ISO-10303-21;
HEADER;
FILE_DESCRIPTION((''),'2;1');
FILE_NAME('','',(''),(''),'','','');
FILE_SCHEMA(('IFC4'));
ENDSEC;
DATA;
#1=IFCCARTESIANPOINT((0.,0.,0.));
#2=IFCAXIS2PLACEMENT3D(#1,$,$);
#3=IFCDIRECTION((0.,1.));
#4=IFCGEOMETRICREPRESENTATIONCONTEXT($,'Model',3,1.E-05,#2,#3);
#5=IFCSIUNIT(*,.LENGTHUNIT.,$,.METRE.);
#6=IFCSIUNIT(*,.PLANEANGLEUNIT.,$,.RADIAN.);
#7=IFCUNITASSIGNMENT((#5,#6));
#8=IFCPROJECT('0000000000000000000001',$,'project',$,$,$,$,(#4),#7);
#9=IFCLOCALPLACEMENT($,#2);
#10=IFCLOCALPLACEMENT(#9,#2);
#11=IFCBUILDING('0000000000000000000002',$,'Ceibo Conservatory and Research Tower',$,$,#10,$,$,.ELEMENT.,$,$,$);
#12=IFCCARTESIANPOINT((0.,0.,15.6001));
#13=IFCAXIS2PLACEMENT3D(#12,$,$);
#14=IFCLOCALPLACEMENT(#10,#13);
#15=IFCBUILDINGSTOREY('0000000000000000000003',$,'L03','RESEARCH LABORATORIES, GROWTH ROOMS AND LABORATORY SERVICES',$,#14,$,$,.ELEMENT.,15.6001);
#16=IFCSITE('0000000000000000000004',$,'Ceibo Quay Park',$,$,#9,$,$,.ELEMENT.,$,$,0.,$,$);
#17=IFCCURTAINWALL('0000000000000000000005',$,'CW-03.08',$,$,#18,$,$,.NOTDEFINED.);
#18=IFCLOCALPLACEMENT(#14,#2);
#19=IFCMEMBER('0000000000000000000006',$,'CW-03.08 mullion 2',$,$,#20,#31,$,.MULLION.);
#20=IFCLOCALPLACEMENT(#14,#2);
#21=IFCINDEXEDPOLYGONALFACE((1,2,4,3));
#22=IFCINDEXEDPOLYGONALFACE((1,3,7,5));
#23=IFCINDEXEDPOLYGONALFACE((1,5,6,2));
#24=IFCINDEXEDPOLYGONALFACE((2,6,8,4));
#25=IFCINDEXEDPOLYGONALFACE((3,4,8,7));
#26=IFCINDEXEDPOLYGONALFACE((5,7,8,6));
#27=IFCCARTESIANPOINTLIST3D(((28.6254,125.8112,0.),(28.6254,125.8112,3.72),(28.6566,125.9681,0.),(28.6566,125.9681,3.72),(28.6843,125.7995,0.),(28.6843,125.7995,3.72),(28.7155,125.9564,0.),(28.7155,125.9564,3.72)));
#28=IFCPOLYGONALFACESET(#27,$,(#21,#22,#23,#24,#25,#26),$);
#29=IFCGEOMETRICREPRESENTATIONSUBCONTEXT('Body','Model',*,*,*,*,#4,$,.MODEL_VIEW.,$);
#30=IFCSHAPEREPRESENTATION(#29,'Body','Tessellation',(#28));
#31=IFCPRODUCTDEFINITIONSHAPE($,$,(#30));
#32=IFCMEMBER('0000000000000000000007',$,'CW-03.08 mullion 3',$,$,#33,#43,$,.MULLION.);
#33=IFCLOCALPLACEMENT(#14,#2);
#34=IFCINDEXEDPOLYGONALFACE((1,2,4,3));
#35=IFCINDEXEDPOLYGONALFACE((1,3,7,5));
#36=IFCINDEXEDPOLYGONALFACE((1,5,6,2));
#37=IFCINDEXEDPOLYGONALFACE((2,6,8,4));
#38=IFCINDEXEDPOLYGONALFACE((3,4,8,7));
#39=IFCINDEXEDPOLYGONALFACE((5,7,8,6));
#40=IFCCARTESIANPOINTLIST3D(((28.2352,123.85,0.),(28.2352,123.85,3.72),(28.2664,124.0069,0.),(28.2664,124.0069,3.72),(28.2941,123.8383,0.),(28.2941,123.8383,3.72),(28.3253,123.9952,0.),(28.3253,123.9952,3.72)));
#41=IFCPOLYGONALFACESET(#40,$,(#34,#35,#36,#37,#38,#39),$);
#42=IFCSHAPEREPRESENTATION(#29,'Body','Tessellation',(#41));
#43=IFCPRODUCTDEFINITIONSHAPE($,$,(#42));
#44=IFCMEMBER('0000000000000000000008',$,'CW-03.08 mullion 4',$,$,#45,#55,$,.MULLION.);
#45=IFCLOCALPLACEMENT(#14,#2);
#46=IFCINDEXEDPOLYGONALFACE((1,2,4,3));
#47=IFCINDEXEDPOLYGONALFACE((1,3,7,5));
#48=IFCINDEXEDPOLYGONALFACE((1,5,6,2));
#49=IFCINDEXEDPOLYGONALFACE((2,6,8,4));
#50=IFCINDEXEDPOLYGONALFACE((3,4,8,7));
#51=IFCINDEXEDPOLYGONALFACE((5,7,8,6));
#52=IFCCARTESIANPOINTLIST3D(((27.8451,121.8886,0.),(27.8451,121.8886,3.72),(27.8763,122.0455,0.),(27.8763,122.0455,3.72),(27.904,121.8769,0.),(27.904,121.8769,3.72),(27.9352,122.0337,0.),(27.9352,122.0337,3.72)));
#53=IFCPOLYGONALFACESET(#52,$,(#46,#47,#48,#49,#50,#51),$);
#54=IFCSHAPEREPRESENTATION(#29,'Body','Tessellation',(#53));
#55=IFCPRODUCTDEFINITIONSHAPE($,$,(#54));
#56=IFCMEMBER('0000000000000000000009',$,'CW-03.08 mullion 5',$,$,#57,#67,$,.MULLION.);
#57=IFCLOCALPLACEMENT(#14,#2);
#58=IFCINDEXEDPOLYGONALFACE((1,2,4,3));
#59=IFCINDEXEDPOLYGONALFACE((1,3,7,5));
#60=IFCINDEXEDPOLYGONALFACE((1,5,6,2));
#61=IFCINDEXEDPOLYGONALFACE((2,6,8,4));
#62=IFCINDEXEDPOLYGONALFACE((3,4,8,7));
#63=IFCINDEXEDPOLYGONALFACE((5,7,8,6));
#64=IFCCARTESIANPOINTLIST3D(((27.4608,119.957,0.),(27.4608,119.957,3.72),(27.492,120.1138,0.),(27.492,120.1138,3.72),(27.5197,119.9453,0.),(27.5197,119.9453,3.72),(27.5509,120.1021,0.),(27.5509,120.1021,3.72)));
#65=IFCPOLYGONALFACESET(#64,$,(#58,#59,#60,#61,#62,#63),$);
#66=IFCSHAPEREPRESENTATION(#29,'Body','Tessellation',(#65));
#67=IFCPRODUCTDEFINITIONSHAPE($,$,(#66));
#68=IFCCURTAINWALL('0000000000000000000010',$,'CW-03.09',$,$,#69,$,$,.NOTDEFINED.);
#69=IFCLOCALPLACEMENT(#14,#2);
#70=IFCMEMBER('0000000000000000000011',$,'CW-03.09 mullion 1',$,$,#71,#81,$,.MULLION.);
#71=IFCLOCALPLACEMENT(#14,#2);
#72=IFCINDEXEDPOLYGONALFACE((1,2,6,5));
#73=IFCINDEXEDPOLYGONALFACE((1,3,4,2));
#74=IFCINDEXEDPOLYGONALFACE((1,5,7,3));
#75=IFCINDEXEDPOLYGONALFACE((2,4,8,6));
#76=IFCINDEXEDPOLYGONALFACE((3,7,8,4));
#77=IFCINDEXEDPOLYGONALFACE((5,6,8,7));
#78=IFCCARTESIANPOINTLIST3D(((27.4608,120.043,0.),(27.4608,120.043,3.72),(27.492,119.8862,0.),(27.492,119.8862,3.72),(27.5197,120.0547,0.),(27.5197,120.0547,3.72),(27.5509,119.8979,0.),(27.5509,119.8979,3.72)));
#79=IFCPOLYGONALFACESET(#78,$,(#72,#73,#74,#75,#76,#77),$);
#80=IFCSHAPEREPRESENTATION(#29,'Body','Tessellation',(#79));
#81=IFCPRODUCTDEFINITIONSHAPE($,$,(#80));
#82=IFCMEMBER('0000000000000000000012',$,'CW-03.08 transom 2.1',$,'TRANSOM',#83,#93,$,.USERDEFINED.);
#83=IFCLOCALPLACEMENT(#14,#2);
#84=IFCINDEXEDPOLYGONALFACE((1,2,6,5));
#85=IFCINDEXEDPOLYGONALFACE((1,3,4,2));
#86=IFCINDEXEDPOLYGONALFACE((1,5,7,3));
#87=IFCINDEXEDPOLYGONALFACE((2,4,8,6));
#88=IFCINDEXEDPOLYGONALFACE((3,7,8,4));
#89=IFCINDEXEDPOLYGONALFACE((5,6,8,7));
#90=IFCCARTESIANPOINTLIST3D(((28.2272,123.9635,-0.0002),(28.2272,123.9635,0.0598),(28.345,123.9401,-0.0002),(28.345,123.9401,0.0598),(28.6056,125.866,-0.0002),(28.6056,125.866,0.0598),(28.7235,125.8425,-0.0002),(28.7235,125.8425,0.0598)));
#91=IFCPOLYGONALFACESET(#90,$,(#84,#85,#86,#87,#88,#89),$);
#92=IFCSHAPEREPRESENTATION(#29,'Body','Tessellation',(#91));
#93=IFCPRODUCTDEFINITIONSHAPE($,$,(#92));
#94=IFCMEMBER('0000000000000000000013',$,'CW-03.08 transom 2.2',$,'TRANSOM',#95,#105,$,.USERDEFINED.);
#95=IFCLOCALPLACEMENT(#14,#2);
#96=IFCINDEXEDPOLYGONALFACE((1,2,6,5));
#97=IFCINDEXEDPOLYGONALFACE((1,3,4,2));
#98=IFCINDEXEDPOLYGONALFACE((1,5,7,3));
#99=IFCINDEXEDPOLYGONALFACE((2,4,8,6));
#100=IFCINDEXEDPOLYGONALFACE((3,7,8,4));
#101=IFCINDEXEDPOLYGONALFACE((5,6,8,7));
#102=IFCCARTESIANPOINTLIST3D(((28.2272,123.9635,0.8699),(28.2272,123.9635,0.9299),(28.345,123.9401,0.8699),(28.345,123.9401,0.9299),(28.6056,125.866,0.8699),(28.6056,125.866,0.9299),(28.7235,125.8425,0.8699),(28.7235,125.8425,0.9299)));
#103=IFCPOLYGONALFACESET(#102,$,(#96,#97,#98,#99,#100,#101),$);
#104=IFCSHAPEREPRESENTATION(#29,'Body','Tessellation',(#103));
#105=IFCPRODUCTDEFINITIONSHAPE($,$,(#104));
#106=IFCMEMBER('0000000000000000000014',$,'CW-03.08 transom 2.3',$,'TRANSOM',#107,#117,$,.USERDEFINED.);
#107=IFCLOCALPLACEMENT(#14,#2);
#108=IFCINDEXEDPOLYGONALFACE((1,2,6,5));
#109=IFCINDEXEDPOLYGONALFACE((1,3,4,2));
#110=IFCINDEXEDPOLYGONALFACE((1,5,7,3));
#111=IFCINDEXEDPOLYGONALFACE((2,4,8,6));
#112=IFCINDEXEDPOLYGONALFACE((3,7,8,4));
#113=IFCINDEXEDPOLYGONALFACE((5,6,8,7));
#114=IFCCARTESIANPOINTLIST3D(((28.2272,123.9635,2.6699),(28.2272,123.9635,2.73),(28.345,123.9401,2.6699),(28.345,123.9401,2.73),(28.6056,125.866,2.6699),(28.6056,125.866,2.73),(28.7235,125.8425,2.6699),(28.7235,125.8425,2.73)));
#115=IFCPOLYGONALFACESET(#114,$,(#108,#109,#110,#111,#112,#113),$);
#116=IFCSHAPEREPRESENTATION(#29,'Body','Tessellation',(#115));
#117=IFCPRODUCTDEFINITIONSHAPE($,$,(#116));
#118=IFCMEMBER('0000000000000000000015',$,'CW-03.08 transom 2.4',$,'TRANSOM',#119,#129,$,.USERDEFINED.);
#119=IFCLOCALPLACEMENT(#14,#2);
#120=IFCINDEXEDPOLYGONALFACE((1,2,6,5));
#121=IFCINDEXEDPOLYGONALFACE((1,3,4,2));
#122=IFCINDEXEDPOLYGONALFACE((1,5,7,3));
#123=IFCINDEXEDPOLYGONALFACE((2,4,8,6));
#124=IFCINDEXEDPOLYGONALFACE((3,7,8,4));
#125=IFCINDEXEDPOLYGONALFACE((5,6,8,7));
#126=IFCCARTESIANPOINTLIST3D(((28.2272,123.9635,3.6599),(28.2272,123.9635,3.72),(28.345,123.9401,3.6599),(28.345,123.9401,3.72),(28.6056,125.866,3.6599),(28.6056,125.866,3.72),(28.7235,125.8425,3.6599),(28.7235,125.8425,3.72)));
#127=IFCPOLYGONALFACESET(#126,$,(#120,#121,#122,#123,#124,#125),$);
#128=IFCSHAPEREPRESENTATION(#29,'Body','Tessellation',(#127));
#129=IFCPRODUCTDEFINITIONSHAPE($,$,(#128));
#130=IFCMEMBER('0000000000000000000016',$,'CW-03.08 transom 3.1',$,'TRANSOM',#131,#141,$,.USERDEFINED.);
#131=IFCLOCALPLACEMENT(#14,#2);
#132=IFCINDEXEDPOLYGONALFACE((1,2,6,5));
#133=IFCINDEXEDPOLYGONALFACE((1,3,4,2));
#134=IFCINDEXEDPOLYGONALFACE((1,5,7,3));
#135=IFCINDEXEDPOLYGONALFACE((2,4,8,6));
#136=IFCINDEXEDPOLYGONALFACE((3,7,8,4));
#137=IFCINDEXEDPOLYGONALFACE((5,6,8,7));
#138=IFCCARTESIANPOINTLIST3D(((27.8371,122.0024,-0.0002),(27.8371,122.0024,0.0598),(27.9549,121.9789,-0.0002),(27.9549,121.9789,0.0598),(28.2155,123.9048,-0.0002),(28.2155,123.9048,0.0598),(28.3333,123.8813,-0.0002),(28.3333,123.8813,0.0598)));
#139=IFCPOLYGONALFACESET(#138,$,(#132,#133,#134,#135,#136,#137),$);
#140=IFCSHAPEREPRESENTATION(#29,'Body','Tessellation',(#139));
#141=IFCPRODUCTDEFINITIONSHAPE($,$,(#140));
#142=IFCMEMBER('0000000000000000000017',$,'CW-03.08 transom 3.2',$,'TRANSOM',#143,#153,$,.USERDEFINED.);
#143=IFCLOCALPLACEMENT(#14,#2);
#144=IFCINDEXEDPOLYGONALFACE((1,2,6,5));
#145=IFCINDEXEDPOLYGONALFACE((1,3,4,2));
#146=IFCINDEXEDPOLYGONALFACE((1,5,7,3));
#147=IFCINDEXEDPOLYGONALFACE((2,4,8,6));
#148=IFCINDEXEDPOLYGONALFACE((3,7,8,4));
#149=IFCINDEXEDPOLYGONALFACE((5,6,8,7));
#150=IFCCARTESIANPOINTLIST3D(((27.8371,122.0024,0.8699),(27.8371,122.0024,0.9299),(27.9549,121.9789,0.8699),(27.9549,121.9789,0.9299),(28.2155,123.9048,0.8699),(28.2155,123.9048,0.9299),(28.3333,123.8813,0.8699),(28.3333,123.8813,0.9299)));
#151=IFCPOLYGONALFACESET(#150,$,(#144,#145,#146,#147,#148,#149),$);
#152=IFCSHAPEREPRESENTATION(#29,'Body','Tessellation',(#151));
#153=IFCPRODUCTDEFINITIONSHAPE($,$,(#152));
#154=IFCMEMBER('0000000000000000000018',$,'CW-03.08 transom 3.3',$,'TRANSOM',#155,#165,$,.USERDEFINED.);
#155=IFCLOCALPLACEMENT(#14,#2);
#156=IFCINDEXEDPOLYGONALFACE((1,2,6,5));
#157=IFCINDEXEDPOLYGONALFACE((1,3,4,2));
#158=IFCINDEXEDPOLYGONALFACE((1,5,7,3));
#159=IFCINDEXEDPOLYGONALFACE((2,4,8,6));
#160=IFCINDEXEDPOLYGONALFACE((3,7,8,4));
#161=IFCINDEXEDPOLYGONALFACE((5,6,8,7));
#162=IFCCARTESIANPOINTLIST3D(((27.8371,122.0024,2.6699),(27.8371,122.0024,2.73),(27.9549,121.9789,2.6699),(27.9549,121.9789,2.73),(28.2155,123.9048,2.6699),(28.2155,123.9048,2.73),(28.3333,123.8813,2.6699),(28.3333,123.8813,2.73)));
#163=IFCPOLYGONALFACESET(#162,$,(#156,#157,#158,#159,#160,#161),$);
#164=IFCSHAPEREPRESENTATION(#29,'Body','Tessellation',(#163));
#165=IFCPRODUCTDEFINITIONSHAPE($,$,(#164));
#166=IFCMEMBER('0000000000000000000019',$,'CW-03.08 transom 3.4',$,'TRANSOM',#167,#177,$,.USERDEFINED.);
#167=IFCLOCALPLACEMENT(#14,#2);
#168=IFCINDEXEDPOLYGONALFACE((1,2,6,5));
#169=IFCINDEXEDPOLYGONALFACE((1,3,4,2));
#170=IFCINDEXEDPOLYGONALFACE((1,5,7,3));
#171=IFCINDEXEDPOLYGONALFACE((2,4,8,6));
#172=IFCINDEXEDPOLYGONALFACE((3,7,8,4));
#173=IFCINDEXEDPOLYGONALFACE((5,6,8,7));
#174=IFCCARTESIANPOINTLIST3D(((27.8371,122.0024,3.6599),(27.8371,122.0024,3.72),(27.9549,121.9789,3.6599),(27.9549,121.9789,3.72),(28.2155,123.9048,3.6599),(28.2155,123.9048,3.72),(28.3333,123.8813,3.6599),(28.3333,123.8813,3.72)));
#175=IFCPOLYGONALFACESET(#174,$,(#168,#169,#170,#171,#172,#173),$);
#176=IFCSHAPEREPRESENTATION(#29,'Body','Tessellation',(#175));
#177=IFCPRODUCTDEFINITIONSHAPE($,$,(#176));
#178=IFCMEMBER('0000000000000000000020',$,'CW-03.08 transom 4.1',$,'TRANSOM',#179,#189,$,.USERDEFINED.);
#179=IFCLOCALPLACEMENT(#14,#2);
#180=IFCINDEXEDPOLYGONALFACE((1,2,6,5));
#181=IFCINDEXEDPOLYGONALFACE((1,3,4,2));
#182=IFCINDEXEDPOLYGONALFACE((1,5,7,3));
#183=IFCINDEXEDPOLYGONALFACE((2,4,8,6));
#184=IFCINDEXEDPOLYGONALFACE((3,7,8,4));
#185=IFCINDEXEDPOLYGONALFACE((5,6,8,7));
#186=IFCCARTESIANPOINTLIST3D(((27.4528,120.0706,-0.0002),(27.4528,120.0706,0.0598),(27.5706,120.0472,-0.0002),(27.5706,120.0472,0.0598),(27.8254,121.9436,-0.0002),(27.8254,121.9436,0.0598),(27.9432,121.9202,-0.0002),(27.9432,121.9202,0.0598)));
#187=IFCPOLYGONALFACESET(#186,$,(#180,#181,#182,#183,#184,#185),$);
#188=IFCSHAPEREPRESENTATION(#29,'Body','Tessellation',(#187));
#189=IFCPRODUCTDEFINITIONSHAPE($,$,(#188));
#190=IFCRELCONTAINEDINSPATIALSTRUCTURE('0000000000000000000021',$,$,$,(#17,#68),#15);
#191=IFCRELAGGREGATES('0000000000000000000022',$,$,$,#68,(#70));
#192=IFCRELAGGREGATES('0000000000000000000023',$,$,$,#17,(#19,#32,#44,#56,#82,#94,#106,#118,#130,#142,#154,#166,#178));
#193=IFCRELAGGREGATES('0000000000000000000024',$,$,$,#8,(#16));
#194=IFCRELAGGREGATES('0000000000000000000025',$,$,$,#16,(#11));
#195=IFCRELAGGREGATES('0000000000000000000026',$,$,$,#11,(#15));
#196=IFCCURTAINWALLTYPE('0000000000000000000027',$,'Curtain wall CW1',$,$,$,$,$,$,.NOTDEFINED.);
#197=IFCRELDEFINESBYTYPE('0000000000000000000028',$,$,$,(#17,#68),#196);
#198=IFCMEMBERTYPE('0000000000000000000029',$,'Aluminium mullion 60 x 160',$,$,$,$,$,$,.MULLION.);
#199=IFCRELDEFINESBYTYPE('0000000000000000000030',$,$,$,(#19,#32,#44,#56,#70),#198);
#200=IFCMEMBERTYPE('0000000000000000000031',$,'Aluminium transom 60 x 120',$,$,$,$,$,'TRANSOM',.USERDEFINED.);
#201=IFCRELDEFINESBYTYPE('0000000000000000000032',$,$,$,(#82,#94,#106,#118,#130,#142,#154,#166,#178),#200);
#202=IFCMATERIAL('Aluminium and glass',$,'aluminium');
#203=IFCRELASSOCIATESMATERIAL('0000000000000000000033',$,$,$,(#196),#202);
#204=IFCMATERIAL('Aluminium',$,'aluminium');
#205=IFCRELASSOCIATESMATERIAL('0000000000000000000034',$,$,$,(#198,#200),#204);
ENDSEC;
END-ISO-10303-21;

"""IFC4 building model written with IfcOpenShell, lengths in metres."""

from ifc_helpers import new_model, si_unit, direction, frame, origin, origin_2d, place, context, subcontext, project, spatial, rectangle, extrude, material, material_profile, profile_set, type_object, element, aggregate, save


model = new_model("IFC4")

# Units and contexts
model_context = context("Model", 3, precision=1e-05, world=origin(), true_north=direction((0.0, 1.0)))
body_context = subcontext(model_context, "Body", "Model", "MODEL_VIEW")
ifc_project = project(units=[si_unit("LENGTHUNIT", "METRE"), si_unit("PLANEANGLEUNIT", "RADIAN")], contexts=[model_context])

# Site, building, storey
site_placement = place(None, origin())
site = spatial("IfcSite", under=ifc_project, at=site_placement, Name="Ceibo Quay Park", CompositionType="ELEMENT", RefElevation=0.0)
building_placement = place(site_placement, origin())
building = spatial("IfcBuilding", under=site, at=building_placement, Name="Ceibo Conservatory and Research Tower", CompositionType="ELEMENT")
storey_placement = place(building_placement, frame((0.0, 0.0, 15.6001)))
storey = spatial("IfcBuildingStorey", under=building, at=storey_placement, Name="L03", Description="RESEARCH LABORATORIES, GROWTH ROOMS AND LABORATORY SERVICES", CompositionType="ELEMENT", Elevation=15.6001)

# Curtain wall, members
ifc_material_1 = material(Name="Aluminium and glass", Category="aluminium")
curtain_wall_type = type_object("IfcCurtainWallType", Name="Curtain wall CW1", PredefinedType="NOTDEFINED", material=ifc_material_1)
curtain_wall_1_placement = place(storey_placement, origin())
curtain_wall_1 = element("IfcCurtainWall", 1, at=curtain_wall_1_placement, inside=storey, type_object=curtain_wall_type, Name="CW-03.08", PredefinedType="NOTDEFINED")
ifc_material_2 = material(Name="Aluminium", Category="aluminium")
ifc_material_profile_1 = material_profile(ifc_material_2, rectangle(XDim=0.0601, YDim=0.1599, at=origin_2d()), Name="Aluminium 60 x 160")
ifc_profile_set_1 = profile_set([ifc_material_profile_1], Name="Aluminium")
member_type_1 = type_object("IfcMemberType", Name="Aluminium mullion 60 x 160", PredefinedType="MULLION", material=ifc_profile_set_1)
member_1_placement = place(storey_placement, frame((28.6704, 125.8838, 0.0), z_axis=(0.0, 0.0, 1.0), x_axis=(0.980785, -0.19509, 0.0)))
member_1 = element("IfcMember", 2, at=member_1_placement, type_object=member_type_1, Name="CW-03.08 mullion 2", PredefinedType="MULLION", context=body_context, shape_type="SweptSolid", body=[
    extrude(rectangle(XDim=0.0601, YDim=0.1599, at=origin_2d()), origin(), (0.0, 0.0, 1.0), 3.72),
])
member_2_placement = place(storey_placement, frame((28.2803, 123.9226, 0.0), z_axis=(0.0, 0.0, 1.0), x_axis=(0.980785, -0.19509, 0.0)))
member_2 = element("IfcMember", 3, at=member_2_placement, type_object=member_type_1, Name="CW-03.08 mullion 3", PredefinedType="MULLION", context=body_context, shape_type="SweptSolid", body=[
    extrude(rectangle(XDim=0.0601, YDim=0.1599, at=origin_2d()), origin(), (0.0, 0.0, 1.0), 3.72),
])
member_3_placement = place(storey_placement, frame((27.8901, 121.9612, 0.0), z_axis=(0.0, 0.0, 1.0), x_axis=(0.980785, -0.19509, 0.0)))
member_3 = element("IfcMember", 4, at=member_3_placement, type_object=member_type_1, Name="CW-03.08 mullion 4", PredefinedType="MULLION", context=body_context, shape_type="SweptSolid", body=[
    extrude(rectangle(XDim=0.0601, YDim=0.1599, at=origin_2d()), origin(), (0.0, 0.0, 1.0), 3.72),
])
member_4_placement = place(storey_placement, frame((27.5059, 120.0295, 0.0), z_axis=(0.0, 0.0, 1.0), x_axis=(0.980785, -0.19509, 0.0)))
member_4 = element("IfcMember", 5, at=member_4_placement, type_object=member_type_1, Name="CW-03.08 mullion 5", PredefinedType="MULLION", context=body_context, shape_type="SweptSolid", body=[
    extrude(rectangle(XDim=0.0601, YDim=0.1599, at=origin_2d()), origin(), (0.0, 0.0, 1.0), 3.72),
])

# Curtain wall, member
curtain_wall_2_placement = place(storey_placement, origin())
curtain_wall_2 = element("IfcCurtainWall", 6, at=curtain_wall_2_placement, inside=storey, type_object=curtain_wall_type, Name="CW-03.09", PredefinedType="NOTDEFINED")
member_5_placement = place(storey_placement, frame((27.5059, 119.9705, 0.0), z_axis=(0.0, 0.0, 1.0), x_axis=(0.980785, 0.19509, 0.0)))
member_5 = element("IfcMember", 7, at=member_5_placement, type_object=member_type_1, Name="CW-03.09 mullion 1", PredefinedType="MULLION", context=body_context, shape_type="SweptSolid", body=[
    extrude(rectangle(XDim=0.0601, YDim=0.1599, at=origin_2d()), origin(), (0.0, 0.0, 1.0), 3.72),
])

# Members
ifc_material_profile_2 = material_profile(ifc_material_2, rectangle(XDim=0.1201, YDim=0.0601, at=origin_2d()), Name="Aluminium 60 x 120")
ifc_profile_set_2 = profile_set([ifc_material_profile_2], Name="Aluminium")
member_type_2 = type_object("IfcMemberType", Name="Aluminium transom 60 x 120", ElementType="TRANSOM", PredefinedType="USERDEFINED", material=ifc_profile_set_2)
member_6_placement = place(storey_placement, frame((28.6646, 125.8542, 0.0298), z_axis=(-0.195099, -0.980783, 0.0), x_axis=(0.980783, -0.195099, 0.0)))
member_6 = element("IfcMember", 8, at=member_6_placement, type_object=member_type_2, Name="CW-03.08 transom 2.1", ObjectType="TRANSOM", PredefinedType="USERDEFINED", context=body_context, shape_type="SweptSolid", body=[
    extrude(rectangle(XDim=0.1201, YDim=0.0601, at=origin_2d()), origin(), (0.0, 0.0, 1.0), 1.9397),
])
member_7_placement = place(storey_placement, frame((28.6646, 125.8542, 0.8999), z_axis=(-0.195099, -0.980783, 0.0), x_axis=(0.980783, -0.195099, 0.0)))
member_7 = element("IfcMember", 9, at=member_7_placement, type_object=member_type_2, Name="CW-03.08 transom 2.2", ObjectType="TRANSOM", PredefinedType="USERDEFINED", context=body_context, shape_type="SweptSolid", body=[
    extrude(rectangle(XDim=0.1201, YDim=0.0601, at=origin_2d()), origin(), (0.0, 0.0, 1.0), 1.9397),
])
member_8_placement = place(storey_placement, frame((28.6646, 125.8542, 2.7), z_axis=(-0.195099, -0.980783, 0.0), x_axis=(0.980783, -0.195099, 0.0)))
member_8 = element("IfcMember", 10, at=member_8_placement, type_object=member_type_2, Name="CW-03.08 transom 2.3", ObjectType="TRANSOM", PredefinedType="USERDEFINED", context=body_context, shape_type="SweptSolid", body=[
    extrude(rectangle(XDim=0.1201, YDim=0.0601, at=origin_2d()), origin(), (0.0, 0.0, 1.0), 1.9397),
])
member_9_placement = place(storey_placement, frame((28.6646, 125.8542, 3.6899), z_axis=(-0.195099, -0.980783, 0.0), x_axis=(0.980783, -0.195099, 0.0)))
member_9 = element("IfcMember", 11, at=member_9_placement, type_object=member_type_2, Name="CW-03.08 transom 2.4", ObjectType="TRANSOM", PredefinedType="USERDEFINED", context=body_context, shape_type="SweptSolid", body=[
    extrude(rectangle(XDim=0.1201, YDim=0.0601, at=origin_2d()), origin(), (0.0, 0.0, 1.0), 1.9397),
])
member_10_placement = place(storey_placement, frame((28.2744, 123.8931, 0.0298), z_axis=(-0.195099, -0.980783, 0.0), x_axis=(0.980783, -0.195099, 0.0)))
member_10 = element("IfcMember", 12, at=member_10_placement, type_object=member_type_2, Name="CW-03.08 transom 3.1", ObjectType="TRANSOM", PredefinedType="USERDEFINED", context=body_context, shape_type="SweptSolid", body=[
    extrude(rectangle(XDim=0.1201, YDim=0.0601, at=origin_2d()), origin(), (0.0, 0.0, 1.0), 1.9397),
])
member_11_placement = place(storey_placement, frame((28.2744, 123.8931, 0.8999), z_axis=(-0.195099, -0.980783, 0.0), x_axis=(0.980783, -0.195099, 0.0)))
member_11 = element("IfcMember", 13, at=member_11_placement, type_object=member_type_2, Name="CW-03.08 transom 3.2", ObjectType="TRANSOM", PredefinedType="USERDEFINED", context=body_context, shape_type="SweptSolid", body=[
    extrude(rectangle(XDim=0.1201, YDim=0.0601, at=origin_2d()), origin(), (0.0, 0.0, 1.0), 1.9397),
])
member_12_placement = place(storey_placement, frame((28.2744, 123.8931, 2.7), z_axis=(-0.195099, -0.980783, 0.0), x_axis=(0.980783, -0.195099, 0.0)))
member_12 = element("IfcMember", 14, at=member_12_placement, type_object=member_type_2, Name="CW-03.08 transom 3.3", ObjectType="TRANSOM", PredefinedType="USERDEFINED", context=body_context, shape_type="SweptSolid", body=[
    extrude(rectangle(XDim=0.1201, YDim=0.0601, at=origin_2d()), origin(), (0.0, 0.0, 1.0), 1.9397),
])
member_13_placement = place(storey_placement, frame((28.2744, 123.8931, 3.6899), z_axis=(-0.195099, -0.980783, 0.0), x_axis=(0.980783, -0.195099, 0.0)))
member_13 = element("IfcMember", 15, at=member_13_placement, type_object=member_type_2, Name="CW-03.08 transom 3.4", ObjectType="TRANSOM", PredefinedType="USERDEFINED", context=body_context, shape_type="SweptSolid", body=[
    extrude(rectangle(XDim=0.1201, YDim=0.0601, at=origin_2d()), origin(), (0.0, 0.0, 1.0), 1.9397),
])
member_14_placement = place(storey_placement, frame((27.8843, 121.9319, 0.0298), z_axis=(-0.195083, -0.980787, 0.0), x_axis=(0.980787, -0.195083, 0.0)))
member_14 = element("IfcMember", 16, at=member_14_placement, type_object=member_type_2, Name="CW-03.08 transom 4.1", ObjectType="TRANSOM", PredefinedType="USERDEFINED", context=body_context, shape_type="SweptSolid", body=[
    extrude(rectangle(XDim=0.1201, YDim=0.0601, at=origin_2d()), origin(), (0.0, 0.0, 1.0), 1.9097),
])
aggregate(curtain_wall_2, [member_5])

aggregate(curtain_wall_1, [member_1, member_2, member_3, member_4, member_6, member_7, member_8, member_9, member_10, member_11, member_12, member_13, member_14])

save(model, "model.ifc")
